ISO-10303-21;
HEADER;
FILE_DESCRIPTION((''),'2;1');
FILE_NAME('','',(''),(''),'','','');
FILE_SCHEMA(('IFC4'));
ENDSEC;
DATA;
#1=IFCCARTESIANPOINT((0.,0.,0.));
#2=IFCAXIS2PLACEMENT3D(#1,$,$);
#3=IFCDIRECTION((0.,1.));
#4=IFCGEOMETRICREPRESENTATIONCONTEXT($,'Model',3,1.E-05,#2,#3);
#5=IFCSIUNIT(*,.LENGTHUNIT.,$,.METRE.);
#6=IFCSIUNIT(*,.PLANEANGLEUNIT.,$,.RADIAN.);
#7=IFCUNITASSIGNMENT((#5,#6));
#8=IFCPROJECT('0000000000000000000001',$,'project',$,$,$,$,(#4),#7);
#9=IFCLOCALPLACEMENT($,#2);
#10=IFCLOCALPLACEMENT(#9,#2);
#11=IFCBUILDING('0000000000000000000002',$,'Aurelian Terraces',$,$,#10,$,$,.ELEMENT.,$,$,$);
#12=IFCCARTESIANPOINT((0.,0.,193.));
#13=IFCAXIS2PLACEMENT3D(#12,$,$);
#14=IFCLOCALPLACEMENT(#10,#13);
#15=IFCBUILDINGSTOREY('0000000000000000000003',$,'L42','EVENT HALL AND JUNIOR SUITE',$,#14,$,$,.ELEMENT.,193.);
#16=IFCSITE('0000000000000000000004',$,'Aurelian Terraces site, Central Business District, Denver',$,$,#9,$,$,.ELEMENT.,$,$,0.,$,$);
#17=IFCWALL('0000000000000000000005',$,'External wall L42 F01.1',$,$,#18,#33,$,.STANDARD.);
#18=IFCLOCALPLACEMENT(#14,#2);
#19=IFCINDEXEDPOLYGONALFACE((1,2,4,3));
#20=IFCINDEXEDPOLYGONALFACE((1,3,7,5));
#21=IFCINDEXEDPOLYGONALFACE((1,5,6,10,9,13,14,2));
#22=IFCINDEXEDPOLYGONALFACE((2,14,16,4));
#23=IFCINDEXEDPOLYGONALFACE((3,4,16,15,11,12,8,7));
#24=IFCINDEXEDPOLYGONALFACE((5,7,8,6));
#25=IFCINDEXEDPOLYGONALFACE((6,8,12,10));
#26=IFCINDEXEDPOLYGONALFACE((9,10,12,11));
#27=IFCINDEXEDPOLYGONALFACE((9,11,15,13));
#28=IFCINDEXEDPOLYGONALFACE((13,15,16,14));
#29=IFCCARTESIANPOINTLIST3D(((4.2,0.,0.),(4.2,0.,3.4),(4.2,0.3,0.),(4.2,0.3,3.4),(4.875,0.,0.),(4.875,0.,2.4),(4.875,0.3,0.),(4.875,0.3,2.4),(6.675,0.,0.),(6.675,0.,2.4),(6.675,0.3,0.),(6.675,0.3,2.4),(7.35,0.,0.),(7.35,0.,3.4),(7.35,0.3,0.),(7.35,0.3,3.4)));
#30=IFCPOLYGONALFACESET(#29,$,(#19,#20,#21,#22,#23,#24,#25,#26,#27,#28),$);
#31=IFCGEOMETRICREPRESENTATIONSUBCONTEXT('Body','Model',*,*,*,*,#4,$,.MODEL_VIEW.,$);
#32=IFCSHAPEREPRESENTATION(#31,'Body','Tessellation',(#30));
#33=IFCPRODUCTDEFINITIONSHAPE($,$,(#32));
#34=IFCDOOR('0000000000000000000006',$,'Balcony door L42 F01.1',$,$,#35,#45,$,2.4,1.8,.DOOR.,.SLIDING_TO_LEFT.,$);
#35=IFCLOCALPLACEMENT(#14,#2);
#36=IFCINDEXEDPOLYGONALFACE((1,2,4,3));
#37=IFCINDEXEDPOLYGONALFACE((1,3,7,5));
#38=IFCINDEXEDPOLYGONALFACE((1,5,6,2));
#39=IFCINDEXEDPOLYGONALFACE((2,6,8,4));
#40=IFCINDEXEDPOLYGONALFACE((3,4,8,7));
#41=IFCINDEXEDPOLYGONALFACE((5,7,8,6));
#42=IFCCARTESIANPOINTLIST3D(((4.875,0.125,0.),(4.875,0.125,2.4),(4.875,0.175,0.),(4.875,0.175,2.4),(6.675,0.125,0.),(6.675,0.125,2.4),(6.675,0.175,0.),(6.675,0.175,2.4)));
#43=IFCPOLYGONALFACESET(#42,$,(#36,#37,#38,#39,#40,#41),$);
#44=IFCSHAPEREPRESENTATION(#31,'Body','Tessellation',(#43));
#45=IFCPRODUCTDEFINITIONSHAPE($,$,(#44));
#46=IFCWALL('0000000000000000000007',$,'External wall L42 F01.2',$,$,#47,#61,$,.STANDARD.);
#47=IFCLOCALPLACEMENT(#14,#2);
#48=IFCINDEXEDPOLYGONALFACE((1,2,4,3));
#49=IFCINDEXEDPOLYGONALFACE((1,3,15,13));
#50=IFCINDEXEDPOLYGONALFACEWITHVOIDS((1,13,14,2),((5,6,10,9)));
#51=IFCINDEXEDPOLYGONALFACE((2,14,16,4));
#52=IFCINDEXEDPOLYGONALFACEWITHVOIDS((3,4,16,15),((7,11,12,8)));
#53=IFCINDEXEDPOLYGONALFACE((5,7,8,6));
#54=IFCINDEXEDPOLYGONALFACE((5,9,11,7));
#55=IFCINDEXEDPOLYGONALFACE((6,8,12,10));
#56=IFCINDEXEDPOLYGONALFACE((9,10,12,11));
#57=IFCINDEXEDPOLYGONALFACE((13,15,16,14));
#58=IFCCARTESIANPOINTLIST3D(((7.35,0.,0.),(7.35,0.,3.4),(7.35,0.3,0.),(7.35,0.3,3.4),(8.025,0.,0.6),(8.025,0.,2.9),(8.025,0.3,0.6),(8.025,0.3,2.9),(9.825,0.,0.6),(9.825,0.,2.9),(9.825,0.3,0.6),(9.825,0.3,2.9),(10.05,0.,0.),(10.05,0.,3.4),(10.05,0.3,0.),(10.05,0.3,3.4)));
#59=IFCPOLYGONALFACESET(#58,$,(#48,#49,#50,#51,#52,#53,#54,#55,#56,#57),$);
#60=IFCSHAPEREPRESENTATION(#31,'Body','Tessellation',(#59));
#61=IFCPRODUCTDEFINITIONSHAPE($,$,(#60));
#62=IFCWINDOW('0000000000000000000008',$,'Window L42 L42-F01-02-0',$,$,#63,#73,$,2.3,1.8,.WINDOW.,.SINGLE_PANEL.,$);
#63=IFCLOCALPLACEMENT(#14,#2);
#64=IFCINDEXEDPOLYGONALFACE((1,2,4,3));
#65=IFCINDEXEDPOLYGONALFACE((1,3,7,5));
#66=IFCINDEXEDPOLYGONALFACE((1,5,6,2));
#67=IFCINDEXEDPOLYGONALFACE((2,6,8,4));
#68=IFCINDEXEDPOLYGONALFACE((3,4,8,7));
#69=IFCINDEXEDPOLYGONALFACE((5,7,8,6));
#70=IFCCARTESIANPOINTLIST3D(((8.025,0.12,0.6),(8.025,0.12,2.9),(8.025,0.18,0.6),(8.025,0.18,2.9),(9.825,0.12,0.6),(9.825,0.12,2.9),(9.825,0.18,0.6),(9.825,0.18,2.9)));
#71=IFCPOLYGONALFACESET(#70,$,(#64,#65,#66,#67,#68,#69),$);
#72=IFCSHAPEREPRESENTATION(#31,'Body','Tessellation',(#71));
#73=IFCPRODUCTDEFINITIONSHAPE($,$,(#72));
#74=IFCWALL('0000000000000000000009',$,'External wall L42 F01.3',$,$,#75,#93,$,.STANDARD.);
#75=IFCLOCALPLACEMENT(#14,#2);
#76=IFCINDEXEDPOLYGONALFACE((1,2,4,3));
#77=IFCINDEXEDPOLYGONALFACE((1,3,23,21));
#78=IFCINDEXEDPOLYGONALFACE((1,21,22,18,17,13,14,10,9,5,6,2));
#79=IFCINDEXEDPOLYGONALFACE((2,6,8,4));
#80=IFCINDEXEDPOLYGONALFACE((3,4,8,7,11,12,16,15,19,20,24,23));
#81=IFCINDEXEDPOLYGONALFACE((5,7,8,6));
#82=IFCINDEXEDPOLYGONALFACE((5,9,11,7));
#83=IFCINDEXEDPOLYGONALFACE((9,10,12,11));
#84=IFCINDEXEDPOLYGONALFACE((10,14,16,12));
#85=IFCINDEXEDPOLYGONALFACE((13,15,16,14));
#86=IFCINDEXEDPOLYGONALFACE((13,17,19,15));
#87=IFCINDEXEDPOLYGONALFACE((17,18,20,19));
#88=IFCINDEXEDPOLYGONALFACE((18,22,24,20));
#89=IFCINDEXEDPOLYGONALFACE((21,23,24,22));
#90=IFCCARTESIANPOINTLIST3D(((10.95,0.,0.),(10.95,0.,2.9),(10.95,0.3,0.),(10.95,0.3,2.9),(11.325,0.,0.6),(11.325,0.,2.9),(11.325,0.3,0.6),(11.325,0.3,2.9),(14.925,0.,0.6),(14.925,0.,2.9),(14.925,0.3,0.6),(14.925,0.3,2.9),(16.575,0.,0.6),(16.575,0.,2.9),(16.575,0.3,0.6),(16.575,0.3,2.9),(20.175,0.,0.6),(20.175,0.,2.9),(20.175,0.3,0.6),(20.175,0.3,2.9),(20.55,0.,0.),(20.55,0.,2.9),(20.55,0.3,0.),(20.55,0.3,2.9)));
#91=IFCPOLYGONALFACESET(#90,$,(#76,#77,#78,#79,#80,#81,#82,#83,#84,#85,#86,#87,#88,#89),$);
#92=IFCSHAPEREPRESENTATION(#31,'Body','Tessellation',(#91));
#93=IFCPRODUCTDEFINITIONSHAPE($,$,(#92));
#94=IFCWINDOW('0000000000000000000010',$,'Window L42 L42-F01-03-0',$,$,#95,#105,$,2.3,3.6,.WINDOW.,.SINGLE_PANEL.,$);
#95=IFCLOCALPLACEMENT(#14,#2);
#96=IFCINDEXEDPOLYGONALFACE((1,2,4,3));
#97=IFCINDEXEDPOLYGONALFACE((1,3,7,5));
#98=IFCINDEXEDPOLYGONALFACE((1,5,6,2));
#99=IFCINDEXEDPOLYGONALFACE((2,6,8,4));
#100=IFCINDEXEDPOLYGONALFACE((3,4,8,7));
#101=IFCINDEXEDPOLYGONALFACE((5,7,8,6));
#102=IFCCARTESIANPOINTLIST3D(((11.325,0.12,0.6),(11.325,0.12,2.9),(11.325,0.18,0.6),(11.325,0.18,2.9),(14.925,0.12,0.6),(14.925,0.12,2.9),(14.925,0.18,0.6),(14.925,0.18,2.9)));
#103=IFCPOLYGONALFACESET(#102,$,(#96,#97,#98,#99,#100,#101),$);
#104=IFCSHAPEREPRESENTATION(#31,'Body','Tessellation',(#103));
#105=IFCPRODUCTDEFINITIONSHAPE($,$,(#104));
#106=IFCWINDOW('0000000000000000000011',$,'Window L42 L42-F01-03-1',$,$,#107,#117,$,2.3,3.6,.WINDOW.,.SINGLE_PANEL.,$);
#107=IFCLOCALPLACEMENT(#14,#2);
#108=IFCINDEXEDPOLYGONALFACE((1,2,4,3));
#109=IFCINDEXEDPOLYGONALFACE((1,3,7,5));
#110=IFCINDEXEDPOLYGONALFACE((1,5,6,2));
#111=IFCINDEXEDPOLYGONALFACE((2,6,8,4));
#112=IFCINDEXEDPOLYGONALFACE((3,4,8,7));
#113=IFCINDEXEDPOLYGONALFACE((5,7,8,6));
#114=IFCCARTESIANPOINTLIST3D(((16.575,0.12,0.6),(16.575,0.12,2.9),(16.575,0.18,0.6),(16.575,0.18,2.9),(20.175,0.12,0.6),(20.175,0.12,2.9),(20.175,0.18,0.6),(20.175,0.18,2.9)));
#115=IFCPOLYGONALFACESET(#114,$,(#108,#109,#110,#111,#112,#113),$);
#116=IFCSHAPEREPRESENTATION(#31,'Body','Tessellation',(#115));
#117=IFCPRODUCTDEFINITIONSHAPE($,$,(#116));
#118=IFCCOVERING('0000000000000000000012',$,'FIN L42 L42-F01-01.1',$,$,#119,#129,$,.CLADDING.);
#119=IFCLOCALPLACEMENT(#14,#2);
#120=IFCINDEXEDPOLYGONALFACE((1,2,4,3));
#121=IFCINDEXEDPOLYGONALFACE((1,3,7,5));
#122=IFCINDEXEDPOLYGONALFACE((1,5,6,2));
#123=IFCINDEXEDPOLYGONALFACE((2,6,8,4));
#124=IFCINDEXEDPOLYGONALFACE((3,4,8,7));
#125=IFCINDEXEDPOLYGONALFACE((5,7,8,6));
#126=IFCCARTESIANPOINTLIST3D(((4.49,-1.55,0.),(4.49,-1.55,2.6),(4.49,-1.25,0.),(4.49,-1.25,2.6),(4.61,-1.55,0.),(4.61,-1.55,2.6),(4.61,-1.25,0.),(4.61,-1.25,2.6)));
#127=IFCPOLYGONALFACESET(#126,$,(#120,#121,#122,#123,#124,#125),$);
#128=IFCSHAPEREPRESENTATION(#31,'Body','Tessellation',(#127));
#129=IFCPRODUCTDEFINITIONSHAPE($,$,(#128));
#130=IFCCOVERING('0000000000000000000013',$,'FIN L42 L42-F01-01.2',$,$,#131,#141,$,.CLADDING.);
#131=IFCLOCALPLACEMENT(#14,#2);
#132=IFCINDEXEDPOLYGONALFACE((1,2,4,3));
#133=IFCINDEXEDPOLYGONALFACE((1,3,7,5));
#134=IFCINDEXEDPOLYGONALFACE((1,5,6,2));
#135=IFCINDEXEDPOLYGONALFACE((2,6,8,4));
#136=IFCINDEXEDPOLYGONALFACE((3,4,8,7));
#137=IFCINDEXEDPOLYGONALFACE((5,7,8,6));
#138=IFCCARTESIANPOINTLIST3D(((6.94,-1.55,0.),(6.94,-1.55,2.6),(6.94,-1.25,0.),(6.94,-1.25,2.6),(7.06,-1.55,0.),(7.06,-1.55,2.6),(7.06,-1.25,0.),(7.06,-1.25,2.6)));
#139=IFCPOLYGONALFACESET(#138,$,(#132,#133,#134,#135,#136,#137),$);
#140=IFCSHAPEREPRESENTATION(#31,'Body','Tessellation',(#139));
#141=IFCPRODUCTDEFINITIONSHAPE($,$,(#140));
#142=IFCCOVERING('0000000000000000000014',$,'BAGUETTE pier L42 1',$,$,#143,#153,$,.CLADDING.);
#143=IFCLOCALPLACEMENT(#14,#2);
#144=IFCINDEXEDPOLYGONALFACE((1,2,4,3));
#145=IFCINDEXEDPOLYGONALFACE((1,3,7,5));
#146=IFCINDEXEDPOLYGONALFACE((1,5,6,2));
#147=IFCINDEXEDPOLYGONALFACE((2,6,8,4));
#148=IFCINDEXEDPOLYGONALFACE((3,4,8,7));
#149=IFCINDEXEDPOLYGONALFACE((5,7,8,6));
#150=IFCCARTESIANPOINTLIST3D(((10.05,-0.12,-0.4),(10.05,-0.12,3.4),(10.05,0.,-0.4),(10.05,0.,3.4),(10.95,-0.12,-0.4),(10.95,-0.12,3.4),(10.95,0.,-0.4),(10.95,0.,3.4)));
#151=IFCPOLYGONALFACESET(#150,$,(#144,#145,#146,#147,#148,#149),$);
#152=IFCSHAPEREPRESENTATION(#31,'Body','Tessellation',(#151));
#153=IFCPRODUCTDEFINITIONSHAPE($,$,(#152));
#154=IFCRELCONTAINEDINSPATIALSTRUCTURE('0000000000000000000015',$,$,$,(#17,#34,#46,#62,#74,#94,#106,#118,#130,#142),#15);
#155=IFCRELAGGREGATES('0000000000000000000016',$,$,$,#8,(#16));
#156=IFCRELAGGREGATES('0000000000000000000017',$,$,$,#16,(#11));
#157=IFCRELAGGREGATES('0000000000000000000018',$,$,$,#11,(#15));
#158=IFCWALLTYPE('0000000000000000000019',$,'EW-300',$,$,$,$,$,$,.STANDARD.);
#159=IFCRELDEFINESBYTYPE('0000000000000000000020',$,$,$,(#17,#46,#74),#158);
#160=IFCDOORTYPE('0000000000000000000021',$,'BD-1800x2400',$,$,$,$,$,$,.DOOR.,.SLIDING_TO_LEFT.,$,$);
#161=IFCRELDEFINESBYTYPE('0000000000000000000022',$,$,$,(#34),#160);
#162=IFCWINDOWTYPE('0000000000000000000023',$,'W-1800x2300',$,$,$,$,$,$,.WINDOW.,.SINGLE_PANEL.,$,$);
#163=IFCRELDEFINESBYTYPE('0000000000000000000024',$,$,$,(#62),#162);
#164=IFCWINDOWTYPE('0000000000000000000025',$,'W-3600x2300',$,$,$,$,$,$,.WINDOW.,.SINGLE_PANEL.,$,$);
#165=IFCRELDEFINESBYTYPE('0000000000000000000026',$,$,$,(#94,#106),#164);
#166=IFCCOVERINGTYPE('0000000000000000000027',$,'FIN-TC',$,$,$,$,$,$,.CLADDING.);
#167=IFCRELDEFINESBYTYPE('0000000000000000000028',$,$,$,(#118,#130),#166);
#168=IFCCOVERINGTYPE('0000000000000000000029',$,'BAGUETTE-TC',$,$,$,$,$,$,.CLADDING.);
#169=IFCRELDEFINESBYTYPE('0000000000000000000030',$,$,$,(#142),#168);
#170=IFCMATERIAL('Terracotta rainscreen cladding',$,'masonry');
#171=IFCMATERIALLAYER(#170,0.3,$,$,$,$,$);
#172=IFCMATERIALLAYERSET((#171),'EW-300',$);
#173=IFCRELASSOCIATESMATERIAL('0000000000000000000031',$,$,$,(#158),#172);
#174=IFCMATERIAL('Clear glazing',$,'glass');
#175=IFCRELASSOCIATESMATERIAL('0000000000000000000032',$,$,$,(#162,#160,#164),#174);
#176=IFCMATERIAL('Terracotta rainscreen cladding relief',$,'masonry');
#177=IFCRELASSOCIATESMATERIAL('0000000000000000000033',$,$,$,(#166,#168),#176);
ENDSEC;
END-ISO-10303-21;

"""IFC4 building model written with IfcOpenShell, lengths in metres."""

from ifc_helpers import new_model, si_unit, direction, frame, frame_2d, origin, origin_2d, place, context, subcontext, project, spatial, rectangle, extrude, source, transform, mapped, material, layer, layer_set, type_object, element, fill, save


model = new_model("IFC4")

# Units and contexts
model_context = context("Model", 3, precision=1e-05, world=origin(), true_north=direction((0.0, 1.0)))
body_context = subcontext(model_context, "Body", "Model", "MODEL_VIEW")
ifc_project = project(units=[si_unit("LENGTHUNIT", "METRE"), si_unit("PLANEANGLEUNIT", "RADIAN")], contexts=[model_context])

# Site, building, storey
site_placement = place(None, origin())
site = spatial("IfcSite", under=ifc_project, at=site_placement, Name="Aurelian Terraces site, Central Business District, Denver", CompositionType="ELEMENT", RefElevation=0.0)
building_placement = place(site_placement, origin())
building = spatial("IfcBuilding", under=site, at=building_placement, Name="Aurelian Terraces", CompositionType="ELEMENT")
storey_placement = place(building_placement, frame((0.0, 0.0, 193.0)))
storey = spatial("IfcBuildingStorey", under=building, at=storey_placement, Name="L42", Description="EVENT HALL AND JUNIOR SUITE", CompositionType="ELEMENT", Elevation=193.0)

# Shared definitions
ifc_material_1 = material(Name="Terracotta rainscreen cladding", Category="masonry")
ifc_layer_1 = layer(ifc_material_1, 0.3)
ifc_layer_set_1 = layer_set([ifc_layer_1], Name="EW-300")
wall_type_1 = type_object("IfcWallType", Name="EW-300", PredefinedType="STANDARD", material=ifc_layer_set_1)
shared_shape_1 = source(origin(), body_context, "Body", "SweptSolid", [
    extrude(rectangle(XDim=1.8, YDim=2.3, at=frame_2d((0.9, 1.15))), frame((0.0, 0.16, 0.0), z_axis=(0.0, -1.0, 0.0), x_axis=(1.0, 0.0, 0.0)), (0.0, 0.0, 1.0), 0.32),
])
ifc_material_2 = material(Name="Clear glazing", Category="glass")
window_type_1 = type_object("IfcWindowType", Name="W-1800x2300", PartitioningType="SINGLE_PANEL", PredefinedType="WINDOW", material=ifc_material_2)
shared_shape_2 = source(origin(), body_context, "Body", "SweptSolid", [
    extrude(rectangle(XDim=1.8, YDim=2.3, at=frame_2d((0.9, 1.15))), frame((0.0, 0.03, 0.0), z_axis=(0.0, -1.0, 0.0), x_axis=(1.0, 0.0, 0.0)), (0.0, 0.0, 1.0), 0.06),
])

# Wall, opening, door
shared_shape_3 = source(origin(), body_context, "Body", "SweptSolid", [
    extrude(rectangle(XDim=3.15, YDim=0.3, at=frame_2d((1.575, 0.0))), origin(), (0.0, 0.0, 1.0), 3.4),
])
wall_1_placement = place(storey_placement, frame((4.2, 0.15, 0.0), z_axis=(0.0, 0.0, 1.0), x_axis=(1.0, 0.0, 0.0)))
wall_1 = element("IfcWall", 1, at=wall_1_placement, inside=storey, type_object=wall_type_1, Name="External wall L42 F01.1", PredefinedType="STANDARD", context=body_context, shape_type="MappedRepresentation", body=[
    mapped(shared_shape_3, transform((0.0, 0.0, 0.0), scale=1.0)),
])
shared_shape_4 = source(origin(), body_context, "Body", "SweptSolid", [
    extrude(rectangle(XDim=1.8, YDim=2.4, at=frame_2d((0.9, 1.2))), frame((0.0, 0.16, 0.0), z_axis=(0.0, -1.0, 0.0), x_axis=(1.0, 0.0, 0.0)), (0.0, 0.0, 1.0), 0.32),
])
opening_1_placement = place(wall_1_placement, frame((0.675, 0.0, 0.0)))
opening_1 = element("IfcOpeningElement", 2, at=opening_1_placement, cuts=wall_1, PredefinedType="OPENING", context=body_context, shape_type="MappedRepresentation", body=[
    mapped(shared_shape_4, transform((0.0, 0.0, 0.0), scale=1.0)),
])
door_type_1 = type_object("IfcDoorType", Name="BD-1800x2400", OperationType="SLIDING_TO_LEFT", PredefinedType="DOOR", material=ifc_material_2)
shared_shape_5 = source(origin(), body_context, "Body", "SweptSolid", [
    extrude(rectangle(XDim=1.8, YDim=2.4, at=frame_2d((0.9, 1.2))), frame((0.0, 0.025, 0.0), z_axis=(0.0, -1.0, 0.0), x_axis=(1.0, 0.0, 0.0)), (0.0, 0.0, 1.0), 0.05),
])
door_1_placement = place(opening_1_placement, origin())
door_1 = element("IfcDoor", 3, at=door_1_placement, inside=storey, type_object=door_type_1, Name="Balcony door L42 F01.1", OperationType="SLIDING_TO_LEFT", OverallHeight=2.4, OverallWidth=1.8, PredefinedType="DOOR", context=body_context, shape_type="MappedRepresentation", body=[
    mapped(shared_shape_5, transform((0.0, 0.0, 0.0), scale=1.0)),
])
fill(opening_1, door_1)

# Wall, opening, window
shared_shape_6 = source(origin(), body_context, "Body", "SweptSolid", [
    extrude(rectangle(XDim=2.7, YDim=0.3, at=frame_2d((1.35, 0.0))), origin(), (0.0, 0.0, 1.0), 3.4),
])
wall_2_placement = place(storey_placement, frame((7.35, 0.15, 0.0), z_axis=(0.0, 0.0, 1.0), x_axis=(1.0, 0.0, 0.0)))
wall_2 = element("IfcWall", 4, at=wall_2_placement, inside=storey, type_object=wall_type_1, Name="External wall L42 F01.2", PredefinedType="STANDARD", context=body_context, shape_type="MappedRepresentation", body=[
    mapped(shared_shape_6, transform((0.0, 0.0, 0.0), scale=1.0)),
])
opening_2_placement = place(wall_2_placement, frame((0.675, 0.0, 0.6)))
opening_2 = element("IfcOpeningElement", 5, at=opening_2_placement, cuts=wall_2, PredefinedType="OPENING", context=body_context, shape_type="MappedRepresentation", body=[
    mapped(shared_shape_1, transform((0.0, 0.0, 0.0), scale=1.0)),
])
window_1_placement = place(opening_2_placement, origin())
window_1 = element("IfcWindow", 6, at=window_1_placement, inside=storey, type_object=window_type_1, Name="Window L42 L42-F01-02-0", OverallHeight=2.3, OverallWidth=1.8, PartitioningType="SINGLE_PANEL", PredefinedType="WINDOW", context=body_context, shape_type="MappedRepresentation", body=[
    mapped(shared_shape_2, transform((0.0, 0.0, 0.0), scale=1.0)),
])
fill(opening_2, window_1)

# Wall, openings, windows
shared_shape_7 = source(origin(), body_context, "Body", "SweptSolid", [
    extrude(rectangle(XDim=9.6, YDim=0.3, at=frame_2d((4.8, 0.0))), origin(), (0.0, 0.0, 1.0), 2.9),
])
wall_3_placement = place(storey_placement, frame((10.95, 0.15, 0.0), z_axis=(0.0, 0.0, 1.0), x_axis=(1.0, 0.0, 0.0)))
wall_3 = element("IfcWall", 7, at=wall_3_placement, inside=storey, type_object=wall_type_1, Name="External wall L42 F01.3", PredefinedType="STANDARD", context=body_context, shape_type="MappedRepresentation", body=[
    mapped(shared_shape_7, transform((0.0, 0.0, 0.0), scale=1.0)),
])
shared_shape_8 = source(origin(), body_context, "Body", "SweptSolid", [
    extrude(rectangle(XDim=3.6, YDim=2.3, at=frame_2d((1.8, 1.15))), frame((0.0, 0.16, 0.0), z_axis=(0.0, -1.0, 0.0), x_axis=(1.0, 0.0, 0.0)), (0.0, 0.0, 1.0), 0.32),
])
opening_3_placement = place(wall_3_placement, frame((0.375, 0.0, 0.6)))
opening_3 = element("IfcOpeningElement", 8, at=opening_3_placement, cuts=wall_3, PredefinedType="OPENING", context=body_context, shape_type="MappedRepresentation", body=[
    mapped(shared_shape_8, transform((0.0, 0.0, 0.0), scale=1.0)),
])
opening_4_placement = place(wall_3_placement, frame((5.625, 0.0, 0.6)))
opening_4 = element("IfcOpeningElement", 9, at=opening_4_placement, cuts=wall_3, PredefinedType="OPENING", context=body_context, shape_type="MappedRepresentation", body=[
    mapped(shared_shape_8, transform((0.0, 0.0, 0.0), scale=1.0)),
])
window_type_2 = type_object("IfcWindowType", Name="W-3600x2300", PartitioningType="SINGLE_PANEL", PredefinedType="WINDOW", material=ifc_material_2)
shared_shape_9 = source(origin(), body_context, "Body", "SweptSolid", [
    extrude(rectangle(XDim=3.6, YDim=2.3, at=frame_2d((1.8, 1.15))), frame((0.0, 0.03, 0.0), z_axis=(0.0, -1.0, 0.0), x_axis=(1.0, 0.0, 0.0)), (0.0, 0.0, 1.0), 0.06),
])
window_2_placement = place(opening_3_placement, origin())
window_2 = element("IfcWindow", 10, at=window_2_placement, inside=storey, type_object=window_type_2, Name="Window L42 L42-F01-03-0", OverallHeight=2.3, OverallWidth=3.6, PartitioningType="SINGLE_PANEL", PredefinedType="WINDOW", context=body_context, shape_type="MappedRepresentation", body=[
    mapped(shared_shape_9, transform((0.0, 0.0, 0.0), scale=1.0)),
])
fill(opening_3, window_2)
window_3_placement = place(opening_4_placement, origin())
window_3 = element("IfcWindow", 11, at=window_3_placement, inside=storey, type_object=window_type_2, Name="Window L42 L42-F01-03-1", OverallHeight=2.3, OverallWidth=3.6, PartitioningType="SINGLE_PANEL", PredefinedType="WINDOW", context=body_context, shape_type="MappedRepresentation", body=[
    mapped(shared_shape_9, transform((0.0, 0.0, 0.0), scale=1.0)),
])
fill(opening_4, window_3)

# Coverings
ifc_material_3 = material(Name="Terracotta rainscreen cladding relief", Category="masonry")
covering_type_1 = type_object("IfcCoveringType", Name="FIN-TC", PredefinedType="CLADDING", material=ifc_material_3)
shared_shape_10 = source(origin(), body_context, "Body", "SweptSolid", [
    extrude(rectangle(XDim=0.12, YDim=0.3, at=origin_2d()), origin(), (0.0, 0.0, 1.0), 2.6),
])
for number, where, z_axis, x_axis, name in (
    (12, (4.55, -1.4, 0.0), (0.0, 0.0, 1.0), (1.0, 0.0, 0.0), "FIN L42 L42-F01-01.1"),
    (13, (7.0, -1.4, 0.0), (0.0, 0.0, 1.0), (1.0, 0.0, 0.0), "FIN L42 L42-F01-01.2"),
):
    element("IfcCovering", number, at=place(storey_placement, frame(where, z_axis=z_axis, x_axis=x_axis)), inside=storey, type_object=covering_type_1, Name=name, PredefinedType="CLADDING", context=body_context, shape_type="MappedRepresentation", body=[
        mapped(shared_shape_10, transform((0.0, 0.0, 0.0), scale=1.0)),
    ])
covering_type_2 = type_object("IfcCoveringType", Name="BAGUETTE-TC", PredefinedType="CLADDING", material=ifc_material_3)
shared_shape_11 = source(origin(), body_context, "Body", "SweptSolid", [
    extrude(rectangle(XDim=0.9, YDim=0.12, at=origin_2d()), origin(), (0.0, 0.0, 1.0), 3.8),
])
covering_1_placement = place(storey_placement, frame((10.5, -0.06, -0.4), z_axis=(0.0, 0.0, 1.0), x_axis=(1.0, 0.0, 0.0)))
element("IfcCovering", 14, at=covering_1_placement, inside=storey, type_object=covering_type_2, Name="BAGUETTE pier L42 1", PredefinedType="CLADDING", context=body_context, shape_type="MappedRepresentation", body=[
    mapped(shared_shape_11, transform((0.0, 0.0, 0.0), scale=1.0)),
])

save(model, "model.ifc")
